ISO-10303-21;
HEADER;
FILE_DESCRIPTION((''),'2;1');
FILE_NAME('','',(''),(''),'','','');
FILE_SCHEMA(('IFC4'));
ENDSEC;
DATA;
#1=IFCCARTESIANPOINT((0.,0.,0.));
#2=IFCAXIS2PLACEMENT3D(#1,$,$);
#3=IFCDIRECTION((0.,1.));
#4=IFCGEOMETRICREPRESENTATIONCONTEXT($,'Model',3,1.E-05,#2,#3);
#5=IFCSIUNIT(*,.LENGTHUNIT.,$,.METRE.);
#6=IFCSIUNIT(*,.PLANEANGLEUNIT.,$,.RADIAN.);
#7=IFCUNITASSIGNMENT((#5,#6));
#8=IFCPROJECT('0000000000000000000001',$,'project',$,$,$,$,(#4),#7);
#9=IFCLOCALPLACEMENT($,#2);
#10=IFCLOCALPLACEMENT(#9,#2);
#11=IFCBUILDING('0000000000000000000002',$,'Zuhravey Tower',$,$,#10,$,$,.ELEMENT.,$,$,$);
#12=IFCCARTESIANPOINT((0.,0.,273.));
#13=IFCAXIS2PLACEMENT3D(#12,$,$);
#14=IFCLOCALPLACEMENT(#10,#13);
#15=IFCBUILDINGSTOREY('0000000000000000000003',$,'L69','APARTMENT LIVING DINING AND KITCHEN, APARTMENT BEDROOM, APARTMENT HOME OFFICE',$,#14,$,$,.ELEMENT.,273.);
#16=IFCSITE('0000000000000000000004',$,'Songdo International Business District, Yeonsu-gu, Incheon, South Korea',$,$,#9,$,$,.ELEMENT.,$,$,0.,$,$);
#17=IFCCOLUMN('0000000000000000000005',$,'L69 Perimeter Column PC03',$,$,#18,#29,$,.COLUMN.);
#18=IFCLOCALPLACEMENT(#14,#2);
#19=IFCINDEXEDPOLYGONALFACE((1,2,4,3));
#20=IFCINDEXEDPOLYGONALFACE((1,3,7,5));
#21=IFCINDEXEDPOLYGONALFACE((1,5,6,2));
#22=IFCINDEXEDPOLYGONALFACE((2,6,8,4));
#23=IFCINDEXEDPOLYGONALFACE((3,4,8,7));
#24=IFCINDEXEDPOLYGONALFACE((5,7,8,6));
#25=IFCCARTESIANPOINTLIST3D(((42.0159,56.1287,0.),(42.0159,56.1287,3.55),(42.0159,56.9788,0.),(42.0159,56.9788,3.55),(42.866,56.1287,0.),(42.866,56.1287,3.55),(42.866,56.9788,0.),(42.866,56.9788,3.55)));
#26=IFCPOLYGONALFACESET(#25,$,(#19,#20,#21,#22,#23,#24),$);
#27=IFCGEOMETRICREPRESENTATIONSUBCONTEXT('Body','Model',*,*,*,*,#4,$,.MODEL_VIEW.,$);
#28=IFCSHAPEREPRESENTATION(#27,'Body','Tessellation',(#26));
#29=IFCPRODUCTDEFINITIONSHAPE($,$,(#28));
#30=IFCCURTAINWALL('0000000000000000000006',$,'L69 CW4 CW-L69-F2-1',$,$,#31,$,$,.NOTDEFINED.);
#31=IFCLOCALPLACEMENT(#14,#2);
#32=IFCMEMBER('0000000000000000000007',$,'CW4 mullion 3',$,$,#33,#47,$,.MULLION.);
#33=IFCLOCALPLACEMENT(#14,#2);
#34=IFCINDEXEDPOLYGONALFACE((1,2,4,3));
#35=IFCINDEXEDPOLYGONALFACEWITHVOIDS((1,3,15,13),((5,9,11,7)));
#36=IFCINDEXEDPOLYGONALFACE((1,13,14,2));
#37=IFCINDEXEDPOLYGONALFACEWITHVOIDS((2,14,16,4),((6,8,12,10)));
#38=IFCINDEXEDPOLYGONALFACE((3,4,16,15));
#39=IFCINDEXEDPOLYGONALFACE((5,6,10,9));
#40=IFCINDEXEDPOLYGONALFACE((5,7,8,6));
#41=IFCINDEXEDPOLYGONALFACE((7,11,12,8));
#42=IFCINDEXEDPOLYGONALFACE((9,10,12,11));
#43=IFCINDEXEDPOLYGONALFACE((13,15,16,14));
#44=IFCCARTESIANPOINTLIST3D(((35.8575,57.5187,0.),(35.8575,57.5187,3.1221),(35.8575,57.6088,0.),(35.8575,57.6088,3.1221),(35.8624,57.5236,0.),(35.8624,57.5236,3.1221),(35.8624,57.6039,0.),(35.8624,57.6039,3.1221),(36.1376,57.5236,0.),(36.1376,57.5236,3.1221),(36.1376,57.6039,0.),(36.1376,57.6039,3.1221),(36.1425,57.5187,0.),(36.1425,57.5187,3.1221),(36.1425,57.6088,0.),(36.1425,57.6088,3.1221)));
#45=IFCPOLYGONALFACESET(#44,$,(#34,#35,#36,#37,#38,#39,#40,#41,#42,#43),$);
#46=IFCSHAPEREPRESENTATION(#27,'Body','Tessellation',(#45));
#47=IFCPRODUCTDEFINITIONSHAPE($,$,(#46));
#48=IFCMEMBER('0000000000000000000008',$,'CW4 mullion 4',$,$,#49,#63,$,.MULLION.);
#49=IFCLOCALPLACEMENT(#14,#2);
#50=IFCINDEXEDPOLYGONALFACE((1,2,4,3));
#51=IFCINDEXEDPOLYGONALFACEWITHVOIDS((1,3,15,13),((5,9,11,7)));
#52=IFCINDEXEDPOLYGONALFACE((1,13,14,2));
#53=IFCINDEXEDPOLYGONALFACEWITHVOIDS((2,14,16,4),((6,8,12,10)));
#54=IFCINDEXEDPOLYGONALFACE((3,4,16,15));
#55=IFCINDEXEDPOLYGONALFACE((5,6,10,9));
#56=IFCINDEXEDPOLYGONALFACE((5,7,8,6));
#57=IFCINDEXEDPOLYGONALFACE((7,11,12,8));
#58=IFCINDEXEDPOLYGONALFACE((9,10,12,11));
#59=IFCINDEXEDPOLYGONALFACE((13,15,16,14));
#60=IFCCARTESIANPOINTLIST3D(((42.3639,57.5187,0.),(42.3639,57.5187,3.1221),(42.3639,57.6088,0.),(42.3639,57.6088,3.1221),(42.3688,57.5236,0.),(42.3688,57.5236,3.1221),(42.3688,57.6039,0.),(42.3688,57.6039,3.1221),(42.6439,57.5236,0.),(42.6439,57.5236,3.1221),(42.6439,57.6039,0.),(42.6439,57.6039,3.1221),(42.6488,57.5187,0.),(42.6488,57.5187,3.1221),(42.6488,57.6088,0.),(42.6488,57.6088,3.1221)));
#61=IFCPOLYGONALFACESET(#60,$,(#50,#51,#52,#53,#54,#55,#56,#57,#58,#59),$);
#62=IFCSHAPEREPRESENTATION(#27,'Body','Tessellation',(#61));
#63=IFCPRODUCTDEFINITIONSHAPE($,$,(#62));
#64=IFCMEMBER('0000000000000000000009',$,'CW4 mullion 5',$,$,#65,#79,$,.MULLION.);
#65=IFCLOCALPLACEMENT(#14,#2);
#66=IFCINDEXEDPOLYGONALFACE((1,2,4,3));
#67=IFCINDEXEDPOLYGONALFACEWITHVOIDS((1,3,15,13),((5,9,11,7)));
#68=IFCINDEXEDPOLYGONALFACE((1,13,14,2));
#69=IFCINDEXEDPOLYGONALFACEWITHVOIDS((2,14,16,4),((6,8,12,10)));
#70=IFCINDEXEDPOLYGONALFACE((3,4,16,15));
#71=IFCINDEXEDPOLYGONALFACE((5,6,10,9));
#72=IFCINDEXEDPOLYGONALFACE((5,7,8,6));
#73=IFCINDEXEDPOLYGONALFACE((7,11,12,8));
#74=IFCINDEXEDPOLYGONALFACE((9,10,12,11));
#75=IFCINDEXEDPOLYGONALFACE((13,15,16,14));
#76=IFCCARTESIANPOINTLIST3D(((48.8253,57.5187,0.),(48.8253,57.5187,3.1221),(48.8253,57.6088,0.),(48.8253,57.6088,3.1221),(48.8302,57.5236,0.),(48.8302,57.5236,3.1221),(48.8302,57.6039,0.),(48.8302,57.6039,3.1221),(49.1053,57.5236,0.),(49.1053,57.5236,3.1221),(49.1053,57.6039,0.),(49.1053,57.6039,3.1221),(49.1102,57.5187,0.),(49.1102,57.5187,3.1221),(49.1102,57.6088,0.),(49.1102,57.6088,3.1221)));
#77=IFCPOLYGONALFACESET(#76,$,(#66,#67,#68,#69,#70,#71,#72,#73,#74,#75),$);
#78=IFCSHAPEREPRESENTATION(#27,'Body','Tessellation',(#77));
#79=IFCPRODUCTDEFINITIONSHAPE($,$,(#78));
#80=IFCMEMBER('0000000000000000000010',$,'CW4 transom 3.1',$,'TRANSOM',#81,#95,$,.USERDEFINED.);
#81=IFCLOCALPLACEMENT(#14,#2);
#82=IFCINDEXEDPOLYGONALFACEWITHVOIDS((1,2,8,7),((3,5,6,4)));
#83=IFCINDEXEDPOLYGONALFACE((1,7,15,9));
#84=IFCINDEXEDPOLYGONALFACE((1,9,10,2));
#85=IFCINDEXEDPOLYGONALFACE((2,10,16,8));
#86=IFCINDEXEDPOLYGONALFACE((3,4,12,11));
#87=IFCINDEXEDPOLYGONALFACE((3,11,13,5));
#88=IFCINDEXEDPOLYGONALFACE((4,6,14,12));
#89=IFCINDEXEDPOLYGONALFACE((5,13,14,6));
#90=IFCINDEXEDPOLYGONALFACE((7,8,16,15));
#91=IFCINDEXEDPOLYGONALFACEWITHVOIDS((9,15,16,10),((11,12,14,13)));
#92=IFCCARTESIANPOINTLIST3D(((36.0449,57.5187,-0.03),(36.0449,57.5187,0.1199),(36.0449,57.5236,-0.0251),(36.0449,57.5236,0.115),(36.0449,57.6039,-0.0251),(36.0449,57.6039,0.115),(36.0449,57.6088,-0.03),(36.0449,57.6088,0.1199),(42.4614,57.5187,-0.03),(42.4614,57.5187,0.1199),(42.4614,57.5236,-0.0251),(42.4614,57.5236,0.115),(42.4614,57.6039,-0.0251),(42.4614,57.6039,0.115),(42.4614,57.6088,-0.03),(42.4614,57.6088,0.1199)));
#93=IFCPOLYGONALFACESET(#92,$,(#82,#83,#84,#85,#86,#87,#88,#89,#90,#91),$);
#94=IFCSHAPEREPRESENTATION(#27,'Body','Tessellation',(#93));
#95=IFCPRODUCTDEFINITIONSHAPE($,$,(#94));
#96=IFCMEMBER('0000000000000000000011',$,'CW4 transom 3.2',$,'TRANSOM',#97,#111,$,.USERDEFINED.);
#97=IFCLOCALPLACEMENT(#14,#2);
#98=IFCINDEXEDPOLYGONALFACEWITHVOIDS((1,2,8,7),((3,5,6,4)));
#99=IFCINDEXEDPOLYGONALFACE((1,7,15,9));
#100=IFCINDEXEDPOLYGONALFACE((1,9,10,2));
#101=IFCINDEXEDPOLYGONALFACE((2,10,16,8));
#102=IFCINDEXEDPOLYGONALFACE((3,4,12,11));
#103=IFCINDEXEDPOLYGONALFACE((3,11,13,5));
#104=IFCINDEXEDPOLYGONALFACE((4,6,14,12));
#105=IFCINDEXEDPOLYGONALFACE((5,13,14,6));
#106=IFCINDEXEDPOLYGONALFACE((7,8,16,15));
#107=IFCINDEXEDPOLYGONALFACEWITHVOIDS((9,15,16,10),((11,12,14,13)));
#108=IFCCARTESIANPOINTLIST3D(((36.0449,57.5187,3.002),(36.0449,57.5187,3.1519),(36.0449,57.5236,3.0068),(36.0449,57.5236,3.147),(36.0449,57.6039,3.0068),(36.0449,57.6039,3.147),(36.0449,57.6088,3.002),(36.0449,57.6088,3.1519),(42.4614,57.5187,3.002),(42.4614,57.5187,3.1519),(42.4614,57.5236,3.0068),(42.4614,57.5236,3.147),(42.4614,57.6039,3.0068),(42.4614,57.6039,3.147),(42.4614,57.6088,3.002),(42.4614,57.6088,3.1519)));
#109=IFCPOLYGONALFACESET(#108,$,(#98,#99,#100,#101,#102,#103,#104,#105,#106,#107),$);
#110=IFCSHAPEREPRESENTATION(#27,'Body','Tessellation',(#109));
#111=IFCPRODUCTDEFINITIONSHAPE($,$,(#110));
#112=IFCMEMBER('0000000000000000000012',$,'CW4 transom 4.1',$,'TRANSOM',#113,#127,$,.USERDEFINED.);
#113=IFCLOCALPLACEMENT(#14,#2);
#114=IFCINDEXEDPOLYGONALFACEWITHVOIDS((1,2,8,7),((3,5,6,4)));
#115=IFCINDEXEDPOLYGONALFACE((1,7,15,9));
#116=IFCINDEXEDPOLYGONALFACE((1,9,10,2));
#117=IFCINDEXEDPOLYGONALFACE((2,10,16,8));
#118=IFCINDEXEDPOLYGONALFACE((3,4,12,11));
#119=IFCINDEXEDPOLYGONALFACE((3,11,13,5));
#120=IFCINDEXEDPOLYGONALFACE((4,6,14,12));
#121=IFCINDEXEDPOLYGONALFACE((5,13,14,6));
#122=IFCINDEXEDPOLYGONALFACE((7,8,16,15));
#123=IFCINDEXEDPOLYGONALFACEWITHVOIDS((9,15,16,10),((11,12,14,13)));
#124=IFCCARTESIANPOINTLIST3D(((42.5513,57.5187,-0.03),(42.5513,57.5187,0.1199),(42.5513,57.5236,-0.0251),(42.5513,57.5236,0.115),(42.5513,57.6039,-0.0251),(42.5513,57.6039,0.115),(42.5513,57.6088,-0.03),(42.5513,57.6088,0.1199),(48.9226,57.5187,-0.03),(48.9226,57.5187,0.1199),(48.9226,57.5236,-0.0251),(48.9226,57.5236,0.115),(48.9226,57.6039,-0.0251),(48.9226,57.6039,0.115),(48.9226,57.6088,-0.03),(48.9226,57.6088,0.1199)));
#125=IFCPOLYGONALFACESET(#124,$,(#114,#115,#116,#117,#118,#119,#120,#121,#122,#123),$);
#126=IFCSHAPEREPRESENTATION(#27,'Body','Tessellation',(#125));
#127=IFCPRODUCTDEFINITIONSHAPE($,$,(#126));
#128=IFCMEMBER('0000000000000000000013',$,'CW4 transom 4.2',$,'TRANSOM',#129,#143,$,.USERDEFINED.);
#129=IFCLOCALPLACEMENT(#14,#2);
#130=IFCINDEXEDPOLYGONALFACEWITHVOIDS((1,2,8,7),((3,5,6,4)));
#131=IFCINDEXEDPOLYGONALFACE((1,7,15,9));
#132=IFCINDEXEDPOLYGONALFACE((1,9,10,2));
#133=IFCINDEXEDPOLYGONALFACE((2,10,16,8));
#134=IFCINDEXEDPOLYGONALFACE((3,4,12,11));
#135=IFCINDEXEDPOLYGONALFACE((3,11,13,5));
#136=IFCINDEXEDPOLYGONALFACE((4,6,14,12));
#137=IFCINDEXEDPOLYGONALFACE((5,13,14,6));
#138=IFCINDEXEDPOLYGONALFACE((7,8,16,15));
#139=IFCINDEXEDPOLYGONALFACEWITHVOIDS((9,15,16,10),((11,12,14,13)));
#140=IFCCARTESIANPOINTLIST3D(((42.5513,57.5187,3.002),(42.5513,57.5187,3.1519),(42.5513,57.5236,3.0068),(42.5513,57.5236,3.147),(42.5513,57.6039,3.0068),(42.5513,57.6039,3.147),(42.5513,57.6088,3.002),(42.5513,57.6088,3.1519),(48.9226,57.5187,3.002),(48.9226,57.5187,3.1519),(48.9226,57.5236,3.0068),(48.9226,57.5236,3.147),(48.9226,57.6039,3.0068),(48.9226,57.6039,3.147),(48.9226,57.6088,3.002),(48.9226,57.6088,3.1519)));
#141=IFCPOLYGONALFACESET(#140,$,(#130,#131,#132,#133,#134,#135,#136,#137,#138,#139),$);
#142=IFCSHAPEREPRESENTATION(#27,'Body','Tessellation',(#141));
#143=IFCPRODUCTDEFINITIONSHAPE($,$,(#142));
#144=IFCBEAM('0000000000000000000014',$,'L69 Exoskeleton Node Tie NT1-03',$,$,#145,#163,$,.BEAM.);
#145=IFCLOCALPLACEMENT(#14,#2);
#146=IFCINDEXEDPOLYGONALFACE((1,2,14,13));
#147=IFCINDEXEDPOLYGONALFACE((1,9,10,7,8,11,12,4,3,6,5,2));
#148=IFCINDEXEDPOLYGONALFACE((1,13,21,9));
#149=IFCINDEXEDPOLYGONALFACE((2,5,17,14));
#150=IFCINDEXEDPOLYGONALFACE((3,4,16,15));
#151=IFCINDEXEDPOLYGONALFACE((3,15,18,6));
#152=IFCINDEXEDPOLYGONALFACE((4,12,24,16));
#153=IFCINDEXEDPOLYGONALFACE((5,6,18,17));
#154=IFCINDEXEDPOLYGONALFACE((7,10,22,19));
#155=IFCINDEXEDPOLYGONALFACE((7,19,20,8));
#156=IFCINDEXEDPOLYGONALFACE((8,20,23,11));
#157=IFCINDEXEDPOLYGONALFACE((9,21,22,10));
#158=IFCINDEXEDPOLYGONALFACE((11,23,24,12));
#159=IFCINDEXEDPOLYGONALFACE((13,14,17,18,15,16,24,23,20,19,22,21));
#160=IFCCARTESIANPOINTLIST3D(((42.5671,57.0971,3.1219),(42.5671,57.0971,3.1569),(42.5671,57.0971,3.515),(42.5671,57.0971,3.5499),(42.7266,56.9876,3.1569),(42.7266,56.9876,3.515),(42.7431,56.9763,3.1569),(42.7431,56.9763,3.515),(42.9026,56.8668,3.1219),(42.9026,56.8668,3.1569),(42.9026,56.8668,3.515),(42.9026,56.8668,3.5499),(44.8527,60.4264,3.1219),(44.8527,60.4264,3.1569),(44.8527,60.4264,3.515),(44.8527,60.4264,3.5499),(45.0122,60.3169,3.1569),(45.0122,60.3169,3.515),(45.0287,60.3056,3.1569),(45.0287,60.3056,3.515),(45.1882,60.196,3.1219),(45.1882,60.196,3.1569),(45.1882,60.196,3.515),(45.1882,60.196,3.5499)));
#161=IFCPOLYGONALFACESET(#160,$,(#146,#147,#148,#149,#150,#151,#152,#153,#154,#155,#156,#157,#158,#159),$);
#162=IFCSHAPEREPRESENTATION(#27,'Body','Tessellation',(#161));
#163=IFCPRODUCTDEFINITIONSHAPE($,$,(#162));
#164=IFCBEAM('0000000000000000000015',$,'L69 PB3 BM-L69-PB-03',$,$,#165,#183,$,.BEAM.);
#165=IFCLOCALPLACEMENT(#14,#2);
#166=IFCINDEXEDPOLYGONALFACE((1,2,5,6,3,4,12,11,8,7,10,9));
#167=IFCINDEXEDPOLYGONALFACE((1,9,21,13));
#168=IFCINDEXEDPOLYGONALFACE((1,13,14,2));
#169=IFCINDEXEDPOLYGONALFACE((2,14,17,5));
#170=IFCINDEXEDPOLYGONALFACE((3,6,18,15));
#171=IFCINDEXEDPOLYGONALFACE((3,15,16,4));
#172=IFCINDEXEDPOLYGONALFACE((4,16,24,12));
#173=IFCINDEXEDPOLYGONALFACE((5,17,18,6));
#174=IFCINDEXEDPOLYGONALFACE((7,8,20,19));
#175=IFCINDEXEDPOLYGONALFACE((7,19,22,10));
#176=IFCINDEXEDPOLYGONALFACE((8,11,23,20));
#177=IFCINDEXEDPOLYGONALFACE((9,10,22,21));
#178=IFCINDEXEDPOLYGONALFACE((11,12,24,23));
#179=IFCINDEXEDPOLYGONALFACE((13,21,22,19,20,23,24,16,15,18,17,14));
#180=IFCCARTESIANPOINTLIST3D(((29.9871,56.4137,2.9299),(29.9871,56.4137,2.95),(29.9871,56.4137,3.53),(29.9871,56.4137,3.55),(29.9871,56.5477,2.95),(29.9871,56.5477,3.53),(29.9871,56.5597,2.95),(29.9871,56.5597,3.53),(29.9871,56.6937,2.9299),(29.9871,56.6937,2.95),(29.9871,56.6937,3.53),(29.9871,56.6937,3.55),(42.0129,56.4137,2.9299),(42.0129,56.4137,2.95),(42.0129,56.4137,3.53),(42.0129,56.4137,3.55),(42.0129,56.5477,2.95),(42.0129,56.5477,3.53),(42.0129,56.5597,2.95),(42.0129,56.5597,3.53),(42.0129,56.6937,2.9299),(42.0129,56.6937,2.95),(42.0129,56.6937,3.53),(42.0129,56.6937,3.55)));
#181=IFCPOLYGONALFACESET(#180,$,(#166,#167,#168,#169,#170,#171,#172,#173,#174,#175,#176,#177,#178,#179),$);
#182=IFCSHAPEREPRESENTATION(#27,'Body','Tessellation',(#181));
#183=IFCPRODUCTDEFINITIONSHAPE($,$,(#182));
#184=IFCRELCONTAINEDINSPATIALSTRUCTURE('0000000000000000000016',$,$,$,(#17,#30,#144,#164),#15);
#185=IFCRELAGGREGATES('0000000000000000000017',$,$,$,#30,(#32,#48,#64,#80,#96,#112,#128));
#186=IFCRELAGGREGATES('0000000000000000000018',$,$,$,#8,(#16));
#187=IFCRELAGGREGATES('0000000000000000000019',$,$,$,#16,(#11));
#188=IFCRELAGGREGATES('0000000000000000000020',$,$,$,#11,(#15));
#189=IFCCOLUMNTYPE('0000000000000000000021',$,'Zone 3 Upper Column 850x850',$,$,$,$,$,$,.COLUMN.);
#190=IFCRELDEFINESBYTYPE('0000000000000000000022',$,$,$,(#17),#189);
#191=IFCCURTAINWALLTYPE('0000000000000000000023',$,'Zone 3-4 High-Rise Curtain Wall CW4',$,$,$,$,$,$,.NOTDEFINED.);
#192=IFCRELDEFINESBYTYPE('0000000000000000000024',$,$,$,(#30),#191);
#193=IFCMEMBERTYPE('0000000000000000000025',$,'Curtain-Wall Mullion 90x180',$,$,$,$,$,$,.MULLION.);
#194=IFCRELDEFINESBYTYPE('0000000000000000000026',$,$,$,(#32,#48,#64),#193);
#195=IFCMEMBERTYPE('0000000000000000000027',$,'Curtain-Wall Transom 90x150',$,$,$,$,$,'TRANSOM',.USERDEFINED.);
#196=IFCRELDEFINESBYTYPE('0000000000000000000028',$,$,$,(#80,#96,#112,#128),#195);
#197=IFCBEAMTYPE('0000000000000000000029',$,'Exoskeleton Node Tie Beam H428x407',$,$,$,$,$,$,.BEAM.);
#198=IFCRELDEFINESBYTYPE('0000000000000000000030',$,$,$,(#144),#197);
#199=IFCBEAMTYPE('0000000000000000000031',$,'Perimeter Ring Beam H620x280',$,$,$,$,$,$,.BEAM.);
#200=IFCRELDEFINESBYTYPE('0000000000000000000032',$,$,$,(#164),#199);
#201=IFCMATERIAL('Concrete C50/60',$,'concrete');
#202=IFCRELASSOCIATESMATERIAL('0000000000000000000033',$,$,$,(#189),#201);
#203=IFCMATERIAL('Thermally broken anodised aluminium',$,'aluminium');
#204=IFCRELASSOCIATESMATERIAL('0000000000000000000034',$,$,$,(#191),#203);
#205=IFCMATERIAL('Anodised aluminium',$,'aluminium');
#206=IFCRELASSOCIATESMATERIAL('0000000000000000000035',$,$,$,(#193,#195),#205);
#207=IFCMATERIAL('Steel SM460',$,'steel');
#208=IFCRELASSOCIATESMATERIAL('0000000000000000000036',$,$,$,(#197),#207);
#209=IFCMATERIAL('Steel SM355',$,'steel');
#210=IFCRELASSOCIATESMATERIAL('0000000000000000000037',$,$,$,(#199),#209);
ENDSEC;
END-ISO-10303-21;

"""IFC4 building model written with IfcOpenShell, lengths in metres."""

from ifc_helpers import new_model, si_unit, direction, frame, origin, origin_2d, place, context, subcontext, project, spatial, rectangle, hollow_rectangle, i_section, extrude, material, material_profile, profile_set, type_object, element, aggregate, save


model = new_model("IFC4")

# Units and contexts
model_context = context("Model", 3, precision=1e-05, world=origin(), true_north=direction((0.0, 1.0)))
body_context = subcontext(model_context, "Body", "Model", "MODEL_VIEW")
ifc_project = project(units=[si_unit("LENGTHUNIT", "METRE"), si_unit("PLANEANGLEUNIT", "RADIAN")], contexts=[model_context])

# Site, building, storey
site_placement = place(None, origin())
site = spatial("IfcSite", under=ifc_project, at=site_placement, Name="Songdo International Business District, Yeonsu-gu, Incheon, South Korea", CompositionType="ELEMENT", RefElevation=0.0)
building_placement = place(site_placement, origin())
building = spatial("IfcBuilding", under=site, at=building_placement, Name="Zuhravey Tower", CompositionType="ELEMENT")
storey_placement = place(building_placement, frame((0.0, 0.0, 273.0)))
storey = spatial("IfcBuildingStorey", under=building, at=storey_placement, Name="L69", Description="APARTMENT LIVING DINING AND KITCHEN, APARTMENT BEDROOM, APARTMENT HOME OFFICE", CompositionType="ELEMENT", Elevation=273.0)

# Column
ifc_material_1 = material(Name="Concrete C50/60", Category="concrete")
ifc_material_profile_1 = material_profile(ifc_material_1, rectangle(XDim=0.8501, YDim=0.8501, at=origin_2d()), Name="RC-850x850")
ifc_profile_set_1 = profile_set([ifc_material_profile_1], Name="Concrete C50/60")
column_type = type_object("IfcColumnType", Name="Zone 3 Upper Column 850x850", PredefinedType="COLUMN", material=ifc_profile_set_1)
column_placement = place(storey_placement, frame((42.4409, 56.5537, 0.0), z_axis=(0.0, 0.0, 1.0), x_axis=(-1.0, 0.0, 0.0)))
element("IfcColumn", 1, at=column_placement, inside=storey, type_object=column_type, Name="L69 Perimeter Column PC03", PredefinedType="COLUMN", context=body_context, shape_type="SweptSolid", body=[
    extrude(rectangle(XDim=0.8501, YDim=0.8501, at=origin_2d()), origin(), (0.0, 0.0, 1.0), 3.55),
])

# Curtain wall, members
ifc_material_2 = material(Name="Thermally broken anodised aluminium", Category="aluminium")
curtain_wall_type = type_object("IfcCurtainWallType", Name="Zone 3-4 High-Rise Curtain Wall CW4", PredefinedType="NOTDEFINED", material=ifc_material_2)
curtain_wall_placement = place(storey_placement, origin())
curtain_wall = element("IfcCurtainWall", 2, at=curtain_wall_placement, inside=storey, type_object=curtain_wall_type, Name="L69 CW4 CW-L69-F2-1", PredefinedType="NOTDEFINED")
ifc_material_3 = material(Name="Anodised aluminium", Category="aluminium")
ifc_material_profile_2 = material_profile(ifc_material_3, hollow_rectangle(XDim=0.0901, YDim=0.2849, WallThickness=0.0049, at=origin_2d()), Name="ALU-RHS-90x285x5")
ifc_profile_set_2 = profile_set([ifc_material_profile_2], Name="Anodised aluminium")
member_type_1 = type_object("IfcMemberType", Name="Curtain-Wall Mullion 90x180", PredefinedType="MULLION", material=ifc_profile_set_2)
member_1_placement = place(storey_placement, frame((36.0, 57.5637, 0.0), z_axis=(0.0, 0.0, 1.0), x_axis=(0.0, 1.0, 0.0)))
member_1 = element("IfcMember", 3, at=member_1_placement, type_object=member_type_1, Name="CW4 mullion 3", PredefinedType="MULLION", context=body_context, shape_type="SweptSolid", body=[
    extrude(hollow_rectangle(XDim=0.0901, YDim=0.2849, WallThickness=0.0049, at=origin_2d()), origin(), (0.0, 0.0, 1.0), 3.1221),
])
member_2_placement = place(storey_placement, frame((42.5063, 57.5637, 0.0), z_axis=(0.0, 0.0, 1.0), x_axis=(0.0, 1.0, 0.0)))
member_2 = element("IfcMember", 4, at=member_2_placement, type_object=member_type_1, Name="CW4 mullion 4", PredefinedType="MULLION", context=body_context, shape_type="SweptSolid", body=[
    extrude(hollow_rectangle(XDim=0.0901, YDim=0.2849, WallThickness=0.0049, at=origin_2d()), origin(), (0.0, 0.0, 1.0), 3.1221),
])
member_3_placement = place(storey_placement, frame((48.9678, 57.5637, 0.0), z_axis=(0.0, 0.0, 1.0), x_axis=(0.0, 1.0, 0.0)))
member_3 = element("IfcMember", 5, at=member_3_placement, type_object=member_type_1, Name="CW4 mullion 5", PredefinedType="MULLION", context=body_context, shape_type="SweptSolid", body=[
    extrude(hollow_rectangle(XDim=0.0901, YDim=0.2849, WallThickness=0.0049, at=origin_2d()), origin(), (0.0, 0.0, 1.0), 3.1221),
])
ifc_material_profile_3 = material_profile(ifc_material_3, hollow_rectangle(XDim=0.0901, YDim=0.1499, WallThickness=0.0049, at=origin_2d()), Name="ALU-RHS-90x150x5")
ifc_profile_set_3 = profile_set([ifc_material_profile_3], Name="Anodised aluminium")
member_type_2 = type_object("IfcMemberType", Name="Curtain-Wall Transom 90x150", ElementType="TRANSOM", PredefinedType="USERDEFINED", material=ifc_profile_set_3)
member_4_placement = place(storey_placement, frame((36.0449, 57.5637, 0.0449), z_axis=(1.0, 0.0, 0.0), x_axis=(0.0, 1.0, 0.0)))
member_4 = element("IfcMember", 6, at=member_4_placement, type_object=member_type_2, Name="CW4 transom 3.1", ObjectType="TRANSOM", PredefinedType="USERDEFINED", context=body_context, shape_type="SweptSolid", body=[
    extrude(hollow_rectangle(XDim=0.0901, YDim=0.1499, WallThickness=0.0049, at=origin_2d()), origin(), (0.0, 0.0, 1.0), 6.4165),
])
member_5_placement = place(storey_placement, frame((36.0449, 57.5637, 3.0769), z_axis=(1.0, 0.0, 0.0), x_axis=(0.0, 1.0, 0.0)))
member_5 = element("IfcMember", 7, at=member_5_placement, type_object=member_type_2, Name="CW4 transom 3.2", ObjectType="TRANSOM", PredefinedType="USERDEFINED", context=body_context, shape_type="SweptSolid", body=[
    extrude(hollow_rectangle(XDim=0.0901, YDim=0.1499, WallThickness=0.0049, at=origin_2d()), origin(), (0.0, 0.0, 1.0), 6.4165),
])
member_6_placement = place(storey_placement, frame((42.5513, 57.5637, 0.0449), z_axis=(1.0, 0.0, 0.0), x_axis=(0.0, 1.0, 0.0)))
member_6 = element("IfcMember", 8, at=member_6_placement, type_object=member_type_2, Name="CW4 transom 4.1", ObjectType="TRANSOM", PredefinedType="USERDEFINED", context=body_context, shape_type="SweptSolid", body=[
    extrude(hollow_rectangle(XDim=0.0901, YDim=0.1499, WallThickness=0.0049, at=origin_2d()), origin(), (0.0, 0.0, 1.0), 6.3713),
])
member_7_placement = place(storey_placement, frame((42.5513, 57.5637, 3.0769), z_axis=(1.0, 0.0, 0.0), x_axis=(0.0, 1.0, 0.0)))
member_7 = element("IfcMember", 9, at=member_7_placement, type_object=member_type_2, Name="CW4 transom 4.2", ObjectType="TRANSOM", PredefinedType="USERDEFINED", context=body_context, shape_type="SweptSolid", body=[
    extrude(hollow_rectangle(XDim=0.0901, YDim=0.1499, WallThickness=0.0049, at=origin_2d()), origin(), (0.0, 0.0, 1.0), 6.3713),
])

# Beams
ifc_material_4 = material(Name="Steel SM460", Category="steel")
ifc_material_profile_4 = material_profile(ifc_material_4, i_section(OverallWidth=0.407, OverallDepth=0.428, WebThickness=0.02, FlangeThickness=0.0349, at=origin_2d()), Name="H-428x407x20x35")
ifc_profile_set_4 = profile_set([ifc_material_profile_4], Name="Steel SM460")
beam_type_1 = type_object("IfcBeamType", Name="Exoskeleton Node Tie Beam H428x407", PredefinedType="BEAM", material=ifc_profile_set_4)
beam_1_placement = place(storey_placement, frame((42.7349, 56.9819, 3.3359), z_axis=(0.565977, 0.824421, 0.0), x_axis=(-0.824421, 0.565977, 0.0)))
element("IfcBeam", 10, at=beam_1_placement, inside=storey, type_object=beam_type_1, Name="L69 Exoskeleton Node Tie NT1-03", PredefinedType="BEAM", context=body_context, shape_type="SweptSolid", body=[
    extrude(i_section(OverallWidth=0.407, OverallDepth=0.428, WebThickness=0.02, FlangeThickness=0.0349, at=origin_2d()), origin(), (0.0, 0.0, 1.0), 4.0383),
])
ifc_material_5 = material(Name="Steel SM355", Category="steel")
ifc_material_profile_5 = material_profile(ifc_material_5, i_section(OverallWidth=0.28, OverallDepth=0.6201, WebThickness=0.012, FlangeThickness=0.02, at=origin_2d()), Name="H-620x280x12x20")
ifc_profile_set_5 = profile_set([ifc_material_profile_5], Name="Steel SM355")
beam_type_2 = type_object("IfcBeamType", Name="Perimeter Ring Beam H620x280", PredefinedType="BEAM", material=ifc_profile_set_5)
beam_2_placement = place(storey_placement, frame((42.0129, 56.5537, 3.24), z_axis=(-1.0, 0.0, 0.0), x_axis=(0.0, -1.0, 0.0)))
element("IfcBeam", 11, at=beam_2_placement, inside=storey, type_object=beam_type_2, Name="L69 PB3 BM-L69-PB-03", PredefinedType="BEAM", context=body_context, shape_type="SweptSolid", body=[
    extrude(i_section(OverallWidth=0.28, OverallDepth=0.6201, WebThickness=0.012, FlangeThickness=0.02, at=origin_2d()), origin(), (0.0, 0.0, 1.0), 12.0259),
])

aggregate(curtain_wall, [member_1, member_2, member_3, member_4, member_5, member_6, member_7])

save(model, "model.ifc")
